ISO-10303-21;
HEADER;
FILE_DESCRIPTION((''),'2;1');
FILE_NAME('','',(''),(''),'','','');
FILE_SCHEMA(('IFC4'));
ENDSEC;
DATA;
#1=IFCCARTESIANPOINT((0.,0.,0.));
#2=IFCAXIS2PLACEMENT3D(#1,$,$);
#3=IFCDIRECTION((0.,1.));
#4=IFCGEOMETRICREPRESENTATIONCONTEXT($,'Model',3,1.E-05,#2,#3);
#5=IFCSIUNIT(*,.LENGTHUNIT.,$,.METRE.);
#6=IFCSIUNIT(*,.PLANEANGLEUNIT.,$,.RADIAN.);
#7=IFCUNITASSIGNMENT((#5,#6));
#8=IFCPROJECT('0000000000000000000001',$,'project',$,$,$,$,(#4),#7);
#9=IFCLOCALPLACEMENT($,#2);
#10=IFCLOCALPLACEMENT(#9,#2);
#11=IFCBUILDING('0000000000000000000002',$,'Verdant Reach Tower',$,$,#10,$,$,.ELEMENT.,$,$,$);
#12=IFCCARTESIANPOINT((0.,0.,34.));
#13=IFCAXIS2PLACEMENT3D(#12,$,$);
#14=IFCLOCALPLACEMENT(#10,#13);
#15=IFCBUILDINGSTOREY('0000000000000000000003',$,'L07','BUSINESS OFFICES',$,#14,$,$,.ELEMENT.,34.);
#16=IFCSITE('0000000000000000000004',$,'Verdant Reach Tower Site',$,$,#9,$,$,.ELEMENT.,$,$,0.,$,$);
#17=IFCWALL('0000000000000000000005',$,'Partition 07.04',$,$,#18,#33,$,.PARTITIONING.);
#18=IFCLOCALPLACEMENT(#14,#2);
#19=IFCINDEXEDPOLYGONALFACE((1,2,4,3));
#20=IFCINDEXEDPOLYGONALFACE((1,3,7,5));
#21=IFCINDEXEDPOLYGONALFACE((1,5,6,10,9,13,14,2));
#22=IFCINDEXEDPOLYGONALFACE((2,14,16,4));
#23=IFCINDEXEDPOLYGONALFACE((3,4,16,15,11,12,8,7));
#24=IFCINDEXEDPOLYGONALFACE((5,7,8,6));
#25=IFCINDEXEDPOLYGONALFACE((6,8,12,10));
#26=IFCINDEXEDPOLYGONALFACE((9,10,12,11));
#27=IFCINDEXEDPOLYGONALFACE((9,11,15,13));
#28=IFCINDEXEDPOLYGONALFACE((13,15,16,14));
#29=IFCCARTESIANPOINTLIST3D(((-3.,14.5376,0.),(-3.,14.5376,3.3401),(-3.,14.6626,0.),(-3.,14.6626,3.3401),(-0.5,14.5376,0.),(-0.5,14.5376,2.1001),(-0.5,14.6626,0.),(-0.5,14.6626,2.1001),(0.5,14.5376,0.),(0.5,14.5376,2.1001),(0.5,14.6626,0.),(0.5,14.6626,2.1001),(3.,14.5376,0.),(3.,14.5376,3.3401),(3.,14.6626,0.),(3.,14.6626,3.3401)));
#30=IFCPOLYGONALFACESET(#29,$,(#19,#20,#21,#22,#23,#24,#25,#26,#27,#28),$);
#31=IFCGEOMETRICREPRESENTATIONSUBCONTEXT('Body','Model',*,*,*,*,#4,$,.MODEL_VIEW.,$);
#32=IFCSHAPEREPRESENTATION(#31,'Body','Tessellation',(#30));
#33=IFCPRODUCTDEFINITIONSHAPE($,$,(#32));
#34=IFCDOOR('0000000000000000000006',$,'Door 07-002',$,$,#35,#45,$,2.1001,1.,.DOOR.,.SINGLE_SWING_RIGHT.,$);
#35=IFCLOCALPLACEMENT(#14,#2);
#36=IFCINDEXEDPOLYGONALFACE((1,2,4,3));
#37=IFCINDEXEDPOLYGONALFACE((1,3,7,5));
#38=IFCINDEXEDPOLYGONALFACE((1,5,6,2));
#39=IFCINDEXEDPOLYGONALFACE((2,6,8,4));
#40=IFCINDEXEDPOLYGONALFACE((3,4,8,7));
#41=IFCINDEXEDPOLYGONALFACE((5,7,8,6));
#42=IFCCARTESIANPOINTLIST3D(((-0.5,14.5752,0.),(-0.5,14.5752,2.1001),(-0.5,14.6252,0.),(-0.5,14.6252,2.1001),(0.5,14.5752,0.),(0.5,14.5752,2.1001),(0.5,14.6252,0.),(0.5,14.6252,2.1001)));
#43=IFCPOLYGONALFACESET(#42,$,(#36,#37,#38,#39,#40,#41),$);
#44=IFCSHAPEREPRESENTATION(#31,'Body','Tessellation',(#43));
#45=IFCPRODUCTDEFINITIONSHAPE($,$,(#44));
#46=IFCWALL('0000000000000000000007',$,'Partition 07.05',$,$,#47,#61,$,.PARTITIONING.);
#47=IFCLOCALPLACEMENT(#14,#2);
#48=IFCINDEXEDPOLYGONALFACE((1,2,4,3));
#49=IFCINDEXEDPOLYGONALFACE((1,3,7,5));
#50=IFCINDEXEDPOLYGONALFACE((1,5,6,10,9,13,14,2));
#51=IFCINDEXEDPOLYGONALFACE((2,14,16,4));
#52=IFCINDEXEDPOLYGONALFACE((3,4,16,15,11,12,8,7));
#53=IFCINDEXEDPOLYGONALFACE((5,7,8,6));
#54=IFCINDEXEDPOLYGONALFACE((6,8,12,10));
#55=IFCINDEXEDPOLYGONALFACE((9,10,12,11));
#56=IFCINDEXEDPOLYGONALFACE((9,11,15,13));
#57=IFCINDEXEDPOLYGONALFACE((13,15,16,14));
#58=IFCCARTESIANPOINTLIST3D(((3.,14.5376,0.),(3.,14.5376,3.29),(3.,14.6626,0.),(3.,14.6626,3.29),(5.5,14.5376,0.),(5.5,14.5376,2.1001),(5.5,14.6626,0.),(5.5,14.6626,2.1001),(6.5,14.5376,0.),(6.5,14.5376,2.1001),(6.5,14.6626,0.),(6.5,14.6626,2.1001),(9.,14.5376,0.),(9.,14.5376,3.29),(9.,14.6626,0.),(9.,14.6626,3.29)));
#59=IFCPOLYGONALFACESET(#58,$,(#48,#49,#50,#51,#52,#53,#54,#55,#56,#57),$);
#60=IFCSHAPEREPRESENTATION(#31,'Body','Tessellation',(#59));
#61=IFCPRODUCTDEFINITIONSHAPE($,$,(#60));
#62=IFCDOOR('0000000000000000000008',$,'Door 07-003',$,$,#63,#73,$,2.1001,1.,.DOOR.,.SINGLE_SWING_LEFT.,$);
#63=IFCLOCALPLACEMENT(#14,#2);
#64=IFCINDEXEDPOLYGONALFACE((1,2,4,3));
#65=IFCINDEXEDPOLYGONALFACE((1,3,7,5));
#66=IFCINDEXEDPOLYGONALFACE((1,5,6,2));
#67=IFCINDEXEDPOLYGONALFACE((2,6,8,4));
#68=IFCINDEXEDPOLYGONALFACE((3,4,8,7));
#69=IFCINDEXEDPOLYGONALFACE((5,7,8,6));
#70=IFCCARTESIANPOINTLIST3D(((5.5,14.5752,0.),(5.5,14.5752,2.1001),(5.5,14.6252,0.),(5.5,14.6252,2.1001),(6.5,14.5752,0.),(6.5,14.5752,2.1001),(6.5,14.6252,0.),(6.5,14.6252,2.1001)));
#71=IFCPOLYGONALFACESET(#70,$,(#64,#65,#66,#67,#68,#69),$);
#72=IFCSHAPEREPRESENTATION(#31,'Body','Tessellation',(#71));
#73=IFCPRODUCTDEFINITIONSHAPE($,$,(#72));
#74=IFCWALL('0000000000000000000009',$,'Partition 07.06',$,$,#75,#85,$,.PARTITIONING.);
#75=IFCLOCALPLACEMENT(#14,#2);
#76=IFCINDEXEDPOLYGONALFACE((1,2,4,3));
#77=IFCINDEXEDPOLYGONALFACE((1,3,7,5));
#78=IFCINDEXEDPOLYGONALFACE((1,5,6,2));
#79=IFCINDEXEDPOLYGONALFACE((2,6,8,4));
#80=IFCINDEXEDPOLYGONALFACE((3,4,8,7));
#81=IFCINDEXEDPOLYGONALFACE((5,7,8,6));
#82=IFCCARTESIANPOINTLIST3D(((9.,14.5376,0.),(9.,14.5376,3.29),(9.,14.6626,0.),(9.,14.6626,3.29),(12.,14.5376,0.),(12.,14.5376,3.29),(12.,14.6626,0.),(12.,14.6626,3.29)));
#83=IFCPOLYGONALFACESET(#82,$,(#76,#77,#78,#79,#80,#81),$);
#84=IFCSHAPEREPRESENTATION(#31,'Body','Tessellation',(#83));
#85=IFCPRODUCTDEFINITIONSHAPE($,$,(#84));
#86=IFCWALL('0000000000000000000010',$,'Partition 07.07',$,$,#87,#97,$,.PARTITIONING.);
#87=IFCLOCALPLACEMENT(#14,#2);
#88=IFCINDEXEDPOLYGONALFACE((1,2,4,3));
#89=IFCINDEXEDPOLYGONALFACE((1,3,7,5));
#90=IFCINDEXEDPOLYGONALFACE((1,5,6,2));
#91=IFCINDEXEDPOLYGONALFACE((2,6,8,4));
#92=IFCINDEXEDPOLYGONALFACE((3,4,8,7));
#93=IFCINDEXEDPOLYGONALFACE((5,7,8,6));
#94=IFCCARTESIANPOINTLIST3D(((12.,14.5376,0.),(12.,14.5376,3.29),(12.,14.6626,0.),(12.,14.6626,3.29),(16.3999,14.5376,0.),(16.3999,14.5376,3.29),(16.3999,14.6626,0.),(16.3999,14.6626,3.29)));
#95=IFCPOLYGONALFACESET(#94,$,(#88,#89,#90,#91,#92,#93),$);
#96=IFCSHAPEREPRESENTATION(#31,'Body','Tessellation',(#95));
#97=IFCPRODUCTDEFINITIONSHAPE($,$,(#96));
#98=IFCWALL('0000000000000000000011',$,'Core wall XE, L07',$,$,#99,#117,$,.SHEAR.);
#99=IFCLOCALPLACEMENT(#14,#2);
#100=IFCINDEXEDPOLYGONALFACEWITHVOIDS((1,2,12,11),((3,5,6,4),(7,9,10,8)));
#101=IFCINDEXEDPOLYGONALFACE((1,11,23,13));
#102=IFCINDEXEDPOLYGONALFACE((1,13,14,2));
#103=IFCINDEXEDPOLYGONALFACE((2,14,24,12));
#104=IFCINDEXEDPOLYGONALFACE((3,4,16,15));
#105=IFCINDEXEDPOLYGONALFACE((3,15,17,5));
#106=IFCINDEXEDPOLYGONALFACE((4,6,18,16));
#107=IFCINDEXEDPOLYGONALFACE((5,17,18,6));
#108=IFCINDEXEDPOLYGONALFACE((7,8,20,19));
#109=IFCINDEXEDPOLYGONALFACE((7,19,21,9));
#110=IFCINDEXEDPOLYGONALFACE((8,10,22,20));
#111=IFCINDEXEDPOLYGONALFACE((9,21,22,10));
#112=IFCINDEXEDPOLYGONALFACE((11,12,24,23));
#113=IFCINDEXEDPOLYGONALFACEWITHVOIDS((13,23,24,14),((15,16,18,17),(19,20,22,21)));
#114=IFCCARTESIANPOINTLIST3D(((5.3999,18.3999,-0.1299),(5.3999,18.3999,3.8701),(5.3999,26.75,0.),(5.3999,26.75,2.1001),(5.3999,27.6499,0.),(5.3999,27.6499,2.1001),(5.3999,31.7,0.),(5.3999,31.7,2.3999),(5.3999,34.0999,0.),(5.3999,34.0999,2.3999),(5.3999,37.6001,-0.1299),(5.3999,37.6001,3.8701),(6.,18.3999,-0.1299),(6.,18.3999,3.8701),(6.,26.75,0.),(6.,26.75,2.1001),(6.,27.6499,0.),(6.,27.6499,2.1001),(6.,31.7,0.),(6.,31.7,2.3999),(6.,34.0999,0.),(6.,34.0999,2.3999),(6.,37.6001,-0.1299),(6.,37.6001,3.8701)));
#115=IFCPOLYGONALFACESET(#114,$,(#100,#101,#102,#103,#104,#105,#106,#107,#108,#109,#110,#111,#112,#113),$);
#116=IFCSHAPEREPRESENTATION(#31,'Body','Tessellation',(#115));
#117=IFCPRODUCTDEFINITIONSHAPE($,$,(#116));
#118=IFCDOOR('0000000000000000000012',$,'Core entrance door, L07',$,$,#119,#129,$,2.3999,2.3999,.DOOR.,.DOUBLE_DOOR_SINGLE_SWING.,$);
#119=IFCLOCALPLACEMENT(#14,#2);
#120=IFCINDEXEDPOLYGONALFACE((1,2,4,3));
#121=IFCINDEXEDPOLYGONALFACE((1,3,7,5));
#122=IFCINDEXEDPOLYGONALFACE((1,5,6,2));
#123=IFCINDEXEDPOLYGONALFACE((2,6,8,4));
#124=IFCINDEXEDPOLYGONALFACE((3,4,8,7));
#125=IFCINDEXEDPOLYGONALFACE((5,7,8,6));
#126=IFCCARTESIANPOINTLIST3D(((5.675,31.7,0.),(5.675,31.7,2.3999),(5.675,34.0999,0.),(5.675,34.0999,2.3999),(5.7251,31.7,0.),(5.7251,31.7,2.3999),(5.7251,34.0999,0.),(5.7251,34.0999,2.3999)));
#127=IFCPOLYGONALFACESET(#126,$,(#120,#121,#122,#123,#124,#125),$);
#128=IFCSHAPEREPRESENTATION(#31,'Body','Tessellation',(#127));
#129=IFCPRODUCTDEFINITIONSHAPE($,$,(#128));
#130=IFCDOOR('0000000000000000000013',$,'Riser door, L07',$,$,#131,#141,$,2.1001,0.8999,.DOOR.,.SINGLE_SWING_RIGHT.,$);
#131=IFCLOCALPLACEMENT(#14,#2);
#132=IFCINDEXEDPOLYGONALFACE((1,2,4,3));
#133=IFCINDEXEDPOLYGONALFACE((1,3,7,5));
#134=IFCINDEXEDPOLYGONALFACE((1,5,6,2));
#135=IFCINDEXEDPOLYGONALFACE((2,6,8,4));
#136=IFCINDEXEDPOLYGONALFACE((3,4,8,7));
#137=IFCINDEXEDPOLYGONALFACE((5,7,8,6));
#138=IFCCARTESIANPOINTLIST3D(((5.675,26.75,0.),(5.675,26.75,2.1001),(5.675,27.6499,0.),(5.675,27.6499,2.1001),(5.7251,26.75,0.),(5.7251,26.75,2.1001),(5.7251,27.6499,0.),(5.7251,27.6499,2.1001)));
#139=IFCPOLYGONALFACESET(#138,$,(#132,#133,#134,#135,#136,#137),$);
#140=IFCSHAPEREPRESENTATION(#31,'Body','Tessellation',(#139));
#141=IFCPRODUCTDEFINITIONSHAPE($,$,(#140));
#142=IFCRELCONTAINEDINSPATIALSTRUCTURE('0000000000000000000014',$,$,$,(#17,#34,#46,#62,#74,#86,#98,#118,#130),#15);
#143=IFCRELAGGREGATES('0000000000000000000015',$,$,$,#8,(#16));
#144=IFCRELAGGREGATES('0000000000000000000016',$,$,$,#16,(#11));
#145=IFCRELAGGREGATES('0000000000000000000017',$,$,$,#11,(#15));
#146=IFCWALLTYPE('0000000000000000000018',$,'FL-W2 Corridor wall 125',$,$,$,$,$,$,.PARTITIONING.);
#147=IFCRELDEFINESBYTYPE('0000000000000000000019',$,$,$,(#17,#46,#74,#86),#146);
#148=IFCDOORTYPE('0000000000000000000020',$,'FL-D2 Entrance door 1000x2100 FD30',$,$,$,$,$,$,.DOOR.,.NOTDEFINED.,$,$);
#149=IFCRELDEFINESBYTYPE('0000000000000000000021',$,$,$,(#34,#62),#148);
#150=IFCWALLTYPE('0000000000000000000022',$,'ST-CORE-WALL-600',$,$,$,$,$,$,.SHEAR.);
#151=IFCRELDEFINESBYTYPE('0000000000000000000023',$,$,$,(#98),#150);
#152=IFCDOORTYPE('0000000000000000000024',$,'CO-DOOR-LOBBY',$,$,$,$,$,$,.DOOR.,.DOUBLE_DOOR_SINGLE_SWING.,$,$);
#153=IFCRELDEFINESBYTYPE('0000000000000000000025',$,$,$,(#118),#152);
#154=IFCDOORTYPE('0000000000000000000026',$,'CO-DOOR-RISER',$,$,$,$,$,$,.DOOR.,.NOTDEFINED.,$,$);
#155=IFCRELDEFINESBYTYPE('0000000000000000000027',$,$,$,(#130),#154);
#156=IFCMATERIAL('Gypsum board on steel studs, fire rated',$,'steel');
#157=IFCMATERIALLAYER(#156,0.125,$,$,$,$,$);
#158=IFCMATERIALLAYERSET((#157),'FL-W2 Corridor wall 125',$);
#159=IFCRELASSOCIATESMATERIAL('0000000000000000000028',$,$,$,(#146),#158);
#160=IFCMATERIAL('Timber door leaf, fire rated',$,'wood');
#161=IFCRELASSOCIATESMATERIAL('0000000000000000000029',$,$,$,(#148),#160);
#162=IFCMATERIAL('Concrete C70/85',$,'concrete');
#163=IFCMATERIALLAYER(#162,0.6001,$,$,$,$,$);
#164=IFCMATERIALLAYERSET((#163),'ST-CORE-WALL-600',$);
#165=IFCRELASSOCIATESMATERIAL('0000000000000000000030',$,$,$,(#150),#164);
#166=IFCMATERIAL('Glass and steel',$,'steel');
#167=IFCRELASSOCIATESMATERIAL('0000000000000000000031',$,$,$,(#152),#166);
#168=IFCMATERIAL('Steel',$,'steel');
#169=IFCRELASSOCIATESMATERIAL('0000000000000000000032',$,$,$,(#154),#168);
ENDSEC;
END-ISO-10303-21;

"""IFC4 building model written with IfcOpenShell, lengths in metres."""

from ifc_helpers import new_model, si_unit, direction, frame, frame_2d, origin, place, context, subcontext, project, spatial, rectangle, extrude, material, layer, layer_set, type_object, element, fill, save


model = new_model("IFC4")

# Units and contexts
model_context = context("Model", 3, precision=1e-05, world=origin(), true_north=direction((0.0, 1.0)))
body_context = subcontext(model_context, "Body", "Model", "MODEL_VIEW")
ifc_project = project(units=[si_unit("LENGTHUNIT", "METRE"), si_unit("PLANEANGLEUNIT", "RADIAN")], contexts=[model_context])

# Site, building, storey
site_placement = place(None, origin())
site = spatial("IfcSite", under=ifc_project, at=site_placement, Name="Verdant Reach Tower Site", CompositionType="ELEMENT", RefElevation=0.0)
building_placement = place(site_placement, origin())
building = spatial("IfcBuilding", under=site, at=building_placement, Name="Verdant Reach Tower", CompositionType="ELEMENT")
storey_placement = place(building_placement, frame((0.0, 0.0, 34.0)))
storey = spatial("IfcBuildingStorey", under=building, at=storey_placement, Name="L07", Description="BUSINESS OFFICES", CompositionType="ELEMENT", Elevation=34.0)

# Walls, openings, doors
ifc_material_1 = material(Name="Gypsum board on steel studs, fire rated", Category="steel")
ifc_layer_1 = layer(ifc_material_1, 0.125)
ifc_layer_set_1 = layer_set([ifc_layer_1], Name="FL-W2 Corridor wall 125")
wall_type_1 = type_object("IfcWallType", Name="FL-W2 Corridor wall 125", PredefinedType="PARTITIONING", material=ifc_layer_set_1)
wall_1_placement = place(storey_placement, frame((3.0, 14.6001, 0.0), z_axis=(0.0, 0.0, 1.0), x_axis=(-1.0, 0.0, 0.0)))
wall_1 = element("IfcWall", 1, at=wall_1_placement, inside=storey, type_object=wall_type_1, Name="Partition 07.04", PredefinedType="PARTITIONING", context=body_context, shape_type="SweptSolid", body=[
    extrude(rectangle(XDim=6.0, YDim=0.125, at=frame_2d((3.0, 0.0))), origin(), (0.0, 0.0, 1.0), 3.3401),
])
opening_1_placement = place(wall_1_placement, frame((2.5, 0.0, 0.0)))
opening_1 = element("IfcOpeningElement", 2, at=opening_1_placement, cuts=wall_1, PredefinedType="OPENING", context=body_context, shape_type="SweptSolid", body=[
    extrude(rectangle(XDim=1.0, YDim=2.1001, at=frame_2d((0.5, 1.05))), frame((0.0, 0.0725, 0.0), z_axis=(0.0, -1.0, 0.0), x_axis=(1.0, 0.0, 0.0)), (0.0, 0.0, 1.0), 0.145),
])
ifc_material_2 = material(Name="Timber door leaf, fire rated", Category="wood")
door_type_1 = type_object("IfcDoorType", Name="FL-D2 Entrance door 1000x2100 FD30", OperationType="NOTDEFINED", PredefinedType="DOOR", material=ifc_material_2)
door_1_placement = place(opening_1_placement, origin())
door_1 = element("IfcDoor", 3, at=door_1_placement, inside=storey, type_object=door_type_1, Name="Door 07-002", OperationType="SINGLE_SWING_RIGHT", OverallHeight=2.1001, OverallWidth=1.0, PredefinedType="DOOR", context=body_context, shape_type="SweptSolid", body=[
    extrude(rectangle(XDim=1.0, YDim=2.1001, at=frame_2d((0.5, 1.05))), frame((0.0, 0.0249, 0.0), z_axis=(0.0, -1.0, 0.0), x_axis=(1.0, 0.0, 0.0)), (0.0, 0.0, 1.0), 0.05),
])
fill(opening_1, door_1)
wall_2_placement = place(storey_placement, frame((9.0, 14.6001, 0.0), z_axis=(0.0, 0.0, 1.0), x_axis=(-1.0, 0.0, 0.0)))
wall_2 = element("IfcWall", 4, at=wall_2_placement, inside=storey, type_object=wall_type_1, Name="Partition 07.05", PredefinedType="PARTITIONING", context=body_context, shape_type="SweptSolid", body=[
    extrude(rectangle(XDim=6.0, YDim=0.125, at=frame_2d((3.0, 0.0))), origin(), (0.0, 0.0, 1.0), 3.29),
])
opening_2_placement = place(wall_2_placement, frame((2.5, 0.0, 0.0)))
opening_2 = element("IfcOpeningElement", 5, at=opening_2_placement, cuts=wall_2, PredefinedType="OPENING", context=body_context, shape_type="SweptSolid", body=[
    extrude(rectangle(XDim=1.0, YDim=2.1001, at=frame_2d((0.5, 1.05))), frame((0.0, 0.0725, 0.0), z_axis=(0.0, -1.0, 0.0), x_axis=(1.0, 0.0, 0.0)), (0.0, 0.0, 1.0), 0.145),
])
door_2_placement = place(opening_2_placement, origin())
door_2 = element("IfcDoor", 6, at=door_2_placement, inside=storey, type_object=door_type_1, Name="Door 07-003", OperationType="SINGLE_SWING_LEFT", OverallHeight=2.1001, OverallWidth=1.0, PredefinedType="DOOR", context=body_context, shape_type="SweptSolid", body=[
    extrude(rectangle(XDim=1.0, YDim=2.1001, at=frame_2d((0.5, 1.05))), frame((0.0, 0.0249, 0.0), z_axis=(0.0, -1.0, 0.0), x_axis=(1.0, 0.0, 0.0)), (0.0, 0.0, 1.0), 0.05),
])
fill(opening_2, door_2)

# Walls
wall_3_placement = place(storey_placement, frame((9.0, 14.6001, 0.0), z_axis=(0.0, 0.0, 1.0), x_axis=(1.0, 0.0, 0.0)))
element("IfcWall", 7, at=wall_3_placement, inside=storey, type_object=wall_type_1, Name="Partition 07.06", PredefinedType="PARTITIONING", context=body_context, shape_type="SweptSolid", body=[
    extrude(rectangle(XDim=3.0, YDim=0.125, at=frame_2d((1.5, 0.0))), origin(), (0.0, 0.0, 1.0), 3.29),
])
wall_4_placement = place(storey_placement, frame((12.0, 14.6001, 0.0), z_axis=(0.0, 0.0, 1.0), x_axis=(1.0, 0.0, 0.0)))
element("IfcWall", 8, at=wall_4_placement, inside=storey, type_object=wall_type_1, Name="Partition 07.07", PredefinedType="PARTITIONING", context=body_context, shape_type="SweptSolid", body=[
    extrude(rectangle(XDim=4.3999, YDim=0.125, at=frame_2d((2.2, 0.0))), origin(), (0.0, 0.0, 1.0), 3.29),
])

# Wall, openings, doors
ifc_material_3 = material(Name="Concrete C70/85", Category="concrete")
ifc_layer_2 = layer(ifc_material_3, 0.6001)
ifc_layer_set_2 = layer_set([ifc_layer_2], Name="ST-CORE-WALL-600")
wall_type_2 = type_object("IfcWallType", Name="ST-CORE-WALL-600", PredefinedType="SHEAR", material=ifc_layer_set_2)
wall_5_placement = place(storey_placement, frame((5.7, 18.3999, -0.1299), z_axis=(0.0, 0.0, 1.0), x_axis=(0.0, 1.0, 0.0)))
wall_5 = element("IfcWall", 9, at=wall_5_placement, inside=storey, type_object=wall_type_2, Name="Core wall XE, L07", PredefinedType="SHEAR", context=body_context, shape_type="SweptSolid", body=[
    extrude(rectangle(XDim=19.2002, YDim=0.6001, at=frame_2d((9.6001, 0.0))), origin(), (0.0, 0.0, 1.0), 4.0),
])
opening_3_placement = place(wall_5_placement, frame((8.3501, 0.0, 0.1299)))
opening_3 = element("IfcOpeningElement", 10, at=opening_3_placement, cuts=wall_5, PredefinedType="OPENING", context=body_context, shape_type="SweptSolid", body=[
    extrude(rectangle(XDim=0.8999, YDim=2.1001, at=frame_2d((0.45, 1.05))), frame((0.0, 0.3101, 0.0), z_axis=(0.0, -1.0, 0.0), x_axis=(1.0, 0.0, 0.0)), (0.0, 0.0, 1.0), 0.6201),
])
opening_4_placement = place(wall_5_placement, frame((13.3, 0.0, 0.1299)))
opening_4 = element("IfcOpeningElement", 11, at=opening_4_placement, cuts=wall_5, PredefinedType="OPENING", context=body_context, shape_type="SweptSolid", body=[
    extrude(rectangle(XDim=2.3999, YDim=2.3999, at=frame_2d((1.2, 1.2))), frame((0.0, 0.3101, 0.0), z_axis=(0.0, -1.0, 0.0), x_axis=(1.0, 0.0, 0.0)), (0.0, 0.0, 1.0), 0.6201),
])
ifc_material_4 = material(Name="Glass and steel", Category="steel")
door_type_2 = type_object("IfcDoorType", Name="CO-DOOR-LOBBY", OperationType="DOUBLE_DOOR_SINGLE_SWING", PredefinedType="DOOR", material=ifc_material_4)
door_3_placement = place(opening_4_placement, origin())
door_3 = element("IfcDoor", 12, at=door_3_placement, inside=storey, type_object=door_type_2, Name="Core entrance door, L07", OperationType="DOUBLE_DOOR_SINGLE_SWING", OverallHeight=2.3999, OverallWidth=2.3999, PredefinedType="DOOR", context=body_context, shape_type="SweptSolid", body=[
    extrude(rectangle(XDim=2.3999, YDim=2.3999, at=frame_2d((1.2, 1.2))), frame((0.0, 0.0249, 0.0), z_axis=(0.0, -1.0, 0.0), x_axis=(1.0, 0.0, 0.0)), (0.0, 0.0, 1.0), 0.05),
])
fill(opening_4, door_3)
ifc_material_5 = material(Name="Steel", Category="steel")
door_type_3 = type_object("IfcDoorType", Name="CO-DOOR-RISER", OperationType="NOTDEFINED", PredefinedType="DOOR", material=ifc_material_5)
door_4_placement = place(opening_3_placement, origin())
door_4 = element("IfcDoor", 13, at=door_4_placement, inside=storey, type_object=door_type_3, Name="Riser door, L07", OperationType="SINGLE_SWING_RIGHT", OverallHeight=2.1001, OverallWidth=0.8999, PredefinedType="DOOR", context=body_context, shape_type="SweptSolid", body=[
    extrude(rectangle(XDim=0.8999, YDim=2.1001, at=frame_2d((0.45, 1.05))), frame((0.0, 0.0249, 0.0), z_axis=(0.0, -1.0, 0.0), x_axis=(1.0, 0.0, 0.0)), (0.0, 0.0, 1.0), 0.05),
])
fill(opening_3, door_4)

save(model, "model.ifc")
